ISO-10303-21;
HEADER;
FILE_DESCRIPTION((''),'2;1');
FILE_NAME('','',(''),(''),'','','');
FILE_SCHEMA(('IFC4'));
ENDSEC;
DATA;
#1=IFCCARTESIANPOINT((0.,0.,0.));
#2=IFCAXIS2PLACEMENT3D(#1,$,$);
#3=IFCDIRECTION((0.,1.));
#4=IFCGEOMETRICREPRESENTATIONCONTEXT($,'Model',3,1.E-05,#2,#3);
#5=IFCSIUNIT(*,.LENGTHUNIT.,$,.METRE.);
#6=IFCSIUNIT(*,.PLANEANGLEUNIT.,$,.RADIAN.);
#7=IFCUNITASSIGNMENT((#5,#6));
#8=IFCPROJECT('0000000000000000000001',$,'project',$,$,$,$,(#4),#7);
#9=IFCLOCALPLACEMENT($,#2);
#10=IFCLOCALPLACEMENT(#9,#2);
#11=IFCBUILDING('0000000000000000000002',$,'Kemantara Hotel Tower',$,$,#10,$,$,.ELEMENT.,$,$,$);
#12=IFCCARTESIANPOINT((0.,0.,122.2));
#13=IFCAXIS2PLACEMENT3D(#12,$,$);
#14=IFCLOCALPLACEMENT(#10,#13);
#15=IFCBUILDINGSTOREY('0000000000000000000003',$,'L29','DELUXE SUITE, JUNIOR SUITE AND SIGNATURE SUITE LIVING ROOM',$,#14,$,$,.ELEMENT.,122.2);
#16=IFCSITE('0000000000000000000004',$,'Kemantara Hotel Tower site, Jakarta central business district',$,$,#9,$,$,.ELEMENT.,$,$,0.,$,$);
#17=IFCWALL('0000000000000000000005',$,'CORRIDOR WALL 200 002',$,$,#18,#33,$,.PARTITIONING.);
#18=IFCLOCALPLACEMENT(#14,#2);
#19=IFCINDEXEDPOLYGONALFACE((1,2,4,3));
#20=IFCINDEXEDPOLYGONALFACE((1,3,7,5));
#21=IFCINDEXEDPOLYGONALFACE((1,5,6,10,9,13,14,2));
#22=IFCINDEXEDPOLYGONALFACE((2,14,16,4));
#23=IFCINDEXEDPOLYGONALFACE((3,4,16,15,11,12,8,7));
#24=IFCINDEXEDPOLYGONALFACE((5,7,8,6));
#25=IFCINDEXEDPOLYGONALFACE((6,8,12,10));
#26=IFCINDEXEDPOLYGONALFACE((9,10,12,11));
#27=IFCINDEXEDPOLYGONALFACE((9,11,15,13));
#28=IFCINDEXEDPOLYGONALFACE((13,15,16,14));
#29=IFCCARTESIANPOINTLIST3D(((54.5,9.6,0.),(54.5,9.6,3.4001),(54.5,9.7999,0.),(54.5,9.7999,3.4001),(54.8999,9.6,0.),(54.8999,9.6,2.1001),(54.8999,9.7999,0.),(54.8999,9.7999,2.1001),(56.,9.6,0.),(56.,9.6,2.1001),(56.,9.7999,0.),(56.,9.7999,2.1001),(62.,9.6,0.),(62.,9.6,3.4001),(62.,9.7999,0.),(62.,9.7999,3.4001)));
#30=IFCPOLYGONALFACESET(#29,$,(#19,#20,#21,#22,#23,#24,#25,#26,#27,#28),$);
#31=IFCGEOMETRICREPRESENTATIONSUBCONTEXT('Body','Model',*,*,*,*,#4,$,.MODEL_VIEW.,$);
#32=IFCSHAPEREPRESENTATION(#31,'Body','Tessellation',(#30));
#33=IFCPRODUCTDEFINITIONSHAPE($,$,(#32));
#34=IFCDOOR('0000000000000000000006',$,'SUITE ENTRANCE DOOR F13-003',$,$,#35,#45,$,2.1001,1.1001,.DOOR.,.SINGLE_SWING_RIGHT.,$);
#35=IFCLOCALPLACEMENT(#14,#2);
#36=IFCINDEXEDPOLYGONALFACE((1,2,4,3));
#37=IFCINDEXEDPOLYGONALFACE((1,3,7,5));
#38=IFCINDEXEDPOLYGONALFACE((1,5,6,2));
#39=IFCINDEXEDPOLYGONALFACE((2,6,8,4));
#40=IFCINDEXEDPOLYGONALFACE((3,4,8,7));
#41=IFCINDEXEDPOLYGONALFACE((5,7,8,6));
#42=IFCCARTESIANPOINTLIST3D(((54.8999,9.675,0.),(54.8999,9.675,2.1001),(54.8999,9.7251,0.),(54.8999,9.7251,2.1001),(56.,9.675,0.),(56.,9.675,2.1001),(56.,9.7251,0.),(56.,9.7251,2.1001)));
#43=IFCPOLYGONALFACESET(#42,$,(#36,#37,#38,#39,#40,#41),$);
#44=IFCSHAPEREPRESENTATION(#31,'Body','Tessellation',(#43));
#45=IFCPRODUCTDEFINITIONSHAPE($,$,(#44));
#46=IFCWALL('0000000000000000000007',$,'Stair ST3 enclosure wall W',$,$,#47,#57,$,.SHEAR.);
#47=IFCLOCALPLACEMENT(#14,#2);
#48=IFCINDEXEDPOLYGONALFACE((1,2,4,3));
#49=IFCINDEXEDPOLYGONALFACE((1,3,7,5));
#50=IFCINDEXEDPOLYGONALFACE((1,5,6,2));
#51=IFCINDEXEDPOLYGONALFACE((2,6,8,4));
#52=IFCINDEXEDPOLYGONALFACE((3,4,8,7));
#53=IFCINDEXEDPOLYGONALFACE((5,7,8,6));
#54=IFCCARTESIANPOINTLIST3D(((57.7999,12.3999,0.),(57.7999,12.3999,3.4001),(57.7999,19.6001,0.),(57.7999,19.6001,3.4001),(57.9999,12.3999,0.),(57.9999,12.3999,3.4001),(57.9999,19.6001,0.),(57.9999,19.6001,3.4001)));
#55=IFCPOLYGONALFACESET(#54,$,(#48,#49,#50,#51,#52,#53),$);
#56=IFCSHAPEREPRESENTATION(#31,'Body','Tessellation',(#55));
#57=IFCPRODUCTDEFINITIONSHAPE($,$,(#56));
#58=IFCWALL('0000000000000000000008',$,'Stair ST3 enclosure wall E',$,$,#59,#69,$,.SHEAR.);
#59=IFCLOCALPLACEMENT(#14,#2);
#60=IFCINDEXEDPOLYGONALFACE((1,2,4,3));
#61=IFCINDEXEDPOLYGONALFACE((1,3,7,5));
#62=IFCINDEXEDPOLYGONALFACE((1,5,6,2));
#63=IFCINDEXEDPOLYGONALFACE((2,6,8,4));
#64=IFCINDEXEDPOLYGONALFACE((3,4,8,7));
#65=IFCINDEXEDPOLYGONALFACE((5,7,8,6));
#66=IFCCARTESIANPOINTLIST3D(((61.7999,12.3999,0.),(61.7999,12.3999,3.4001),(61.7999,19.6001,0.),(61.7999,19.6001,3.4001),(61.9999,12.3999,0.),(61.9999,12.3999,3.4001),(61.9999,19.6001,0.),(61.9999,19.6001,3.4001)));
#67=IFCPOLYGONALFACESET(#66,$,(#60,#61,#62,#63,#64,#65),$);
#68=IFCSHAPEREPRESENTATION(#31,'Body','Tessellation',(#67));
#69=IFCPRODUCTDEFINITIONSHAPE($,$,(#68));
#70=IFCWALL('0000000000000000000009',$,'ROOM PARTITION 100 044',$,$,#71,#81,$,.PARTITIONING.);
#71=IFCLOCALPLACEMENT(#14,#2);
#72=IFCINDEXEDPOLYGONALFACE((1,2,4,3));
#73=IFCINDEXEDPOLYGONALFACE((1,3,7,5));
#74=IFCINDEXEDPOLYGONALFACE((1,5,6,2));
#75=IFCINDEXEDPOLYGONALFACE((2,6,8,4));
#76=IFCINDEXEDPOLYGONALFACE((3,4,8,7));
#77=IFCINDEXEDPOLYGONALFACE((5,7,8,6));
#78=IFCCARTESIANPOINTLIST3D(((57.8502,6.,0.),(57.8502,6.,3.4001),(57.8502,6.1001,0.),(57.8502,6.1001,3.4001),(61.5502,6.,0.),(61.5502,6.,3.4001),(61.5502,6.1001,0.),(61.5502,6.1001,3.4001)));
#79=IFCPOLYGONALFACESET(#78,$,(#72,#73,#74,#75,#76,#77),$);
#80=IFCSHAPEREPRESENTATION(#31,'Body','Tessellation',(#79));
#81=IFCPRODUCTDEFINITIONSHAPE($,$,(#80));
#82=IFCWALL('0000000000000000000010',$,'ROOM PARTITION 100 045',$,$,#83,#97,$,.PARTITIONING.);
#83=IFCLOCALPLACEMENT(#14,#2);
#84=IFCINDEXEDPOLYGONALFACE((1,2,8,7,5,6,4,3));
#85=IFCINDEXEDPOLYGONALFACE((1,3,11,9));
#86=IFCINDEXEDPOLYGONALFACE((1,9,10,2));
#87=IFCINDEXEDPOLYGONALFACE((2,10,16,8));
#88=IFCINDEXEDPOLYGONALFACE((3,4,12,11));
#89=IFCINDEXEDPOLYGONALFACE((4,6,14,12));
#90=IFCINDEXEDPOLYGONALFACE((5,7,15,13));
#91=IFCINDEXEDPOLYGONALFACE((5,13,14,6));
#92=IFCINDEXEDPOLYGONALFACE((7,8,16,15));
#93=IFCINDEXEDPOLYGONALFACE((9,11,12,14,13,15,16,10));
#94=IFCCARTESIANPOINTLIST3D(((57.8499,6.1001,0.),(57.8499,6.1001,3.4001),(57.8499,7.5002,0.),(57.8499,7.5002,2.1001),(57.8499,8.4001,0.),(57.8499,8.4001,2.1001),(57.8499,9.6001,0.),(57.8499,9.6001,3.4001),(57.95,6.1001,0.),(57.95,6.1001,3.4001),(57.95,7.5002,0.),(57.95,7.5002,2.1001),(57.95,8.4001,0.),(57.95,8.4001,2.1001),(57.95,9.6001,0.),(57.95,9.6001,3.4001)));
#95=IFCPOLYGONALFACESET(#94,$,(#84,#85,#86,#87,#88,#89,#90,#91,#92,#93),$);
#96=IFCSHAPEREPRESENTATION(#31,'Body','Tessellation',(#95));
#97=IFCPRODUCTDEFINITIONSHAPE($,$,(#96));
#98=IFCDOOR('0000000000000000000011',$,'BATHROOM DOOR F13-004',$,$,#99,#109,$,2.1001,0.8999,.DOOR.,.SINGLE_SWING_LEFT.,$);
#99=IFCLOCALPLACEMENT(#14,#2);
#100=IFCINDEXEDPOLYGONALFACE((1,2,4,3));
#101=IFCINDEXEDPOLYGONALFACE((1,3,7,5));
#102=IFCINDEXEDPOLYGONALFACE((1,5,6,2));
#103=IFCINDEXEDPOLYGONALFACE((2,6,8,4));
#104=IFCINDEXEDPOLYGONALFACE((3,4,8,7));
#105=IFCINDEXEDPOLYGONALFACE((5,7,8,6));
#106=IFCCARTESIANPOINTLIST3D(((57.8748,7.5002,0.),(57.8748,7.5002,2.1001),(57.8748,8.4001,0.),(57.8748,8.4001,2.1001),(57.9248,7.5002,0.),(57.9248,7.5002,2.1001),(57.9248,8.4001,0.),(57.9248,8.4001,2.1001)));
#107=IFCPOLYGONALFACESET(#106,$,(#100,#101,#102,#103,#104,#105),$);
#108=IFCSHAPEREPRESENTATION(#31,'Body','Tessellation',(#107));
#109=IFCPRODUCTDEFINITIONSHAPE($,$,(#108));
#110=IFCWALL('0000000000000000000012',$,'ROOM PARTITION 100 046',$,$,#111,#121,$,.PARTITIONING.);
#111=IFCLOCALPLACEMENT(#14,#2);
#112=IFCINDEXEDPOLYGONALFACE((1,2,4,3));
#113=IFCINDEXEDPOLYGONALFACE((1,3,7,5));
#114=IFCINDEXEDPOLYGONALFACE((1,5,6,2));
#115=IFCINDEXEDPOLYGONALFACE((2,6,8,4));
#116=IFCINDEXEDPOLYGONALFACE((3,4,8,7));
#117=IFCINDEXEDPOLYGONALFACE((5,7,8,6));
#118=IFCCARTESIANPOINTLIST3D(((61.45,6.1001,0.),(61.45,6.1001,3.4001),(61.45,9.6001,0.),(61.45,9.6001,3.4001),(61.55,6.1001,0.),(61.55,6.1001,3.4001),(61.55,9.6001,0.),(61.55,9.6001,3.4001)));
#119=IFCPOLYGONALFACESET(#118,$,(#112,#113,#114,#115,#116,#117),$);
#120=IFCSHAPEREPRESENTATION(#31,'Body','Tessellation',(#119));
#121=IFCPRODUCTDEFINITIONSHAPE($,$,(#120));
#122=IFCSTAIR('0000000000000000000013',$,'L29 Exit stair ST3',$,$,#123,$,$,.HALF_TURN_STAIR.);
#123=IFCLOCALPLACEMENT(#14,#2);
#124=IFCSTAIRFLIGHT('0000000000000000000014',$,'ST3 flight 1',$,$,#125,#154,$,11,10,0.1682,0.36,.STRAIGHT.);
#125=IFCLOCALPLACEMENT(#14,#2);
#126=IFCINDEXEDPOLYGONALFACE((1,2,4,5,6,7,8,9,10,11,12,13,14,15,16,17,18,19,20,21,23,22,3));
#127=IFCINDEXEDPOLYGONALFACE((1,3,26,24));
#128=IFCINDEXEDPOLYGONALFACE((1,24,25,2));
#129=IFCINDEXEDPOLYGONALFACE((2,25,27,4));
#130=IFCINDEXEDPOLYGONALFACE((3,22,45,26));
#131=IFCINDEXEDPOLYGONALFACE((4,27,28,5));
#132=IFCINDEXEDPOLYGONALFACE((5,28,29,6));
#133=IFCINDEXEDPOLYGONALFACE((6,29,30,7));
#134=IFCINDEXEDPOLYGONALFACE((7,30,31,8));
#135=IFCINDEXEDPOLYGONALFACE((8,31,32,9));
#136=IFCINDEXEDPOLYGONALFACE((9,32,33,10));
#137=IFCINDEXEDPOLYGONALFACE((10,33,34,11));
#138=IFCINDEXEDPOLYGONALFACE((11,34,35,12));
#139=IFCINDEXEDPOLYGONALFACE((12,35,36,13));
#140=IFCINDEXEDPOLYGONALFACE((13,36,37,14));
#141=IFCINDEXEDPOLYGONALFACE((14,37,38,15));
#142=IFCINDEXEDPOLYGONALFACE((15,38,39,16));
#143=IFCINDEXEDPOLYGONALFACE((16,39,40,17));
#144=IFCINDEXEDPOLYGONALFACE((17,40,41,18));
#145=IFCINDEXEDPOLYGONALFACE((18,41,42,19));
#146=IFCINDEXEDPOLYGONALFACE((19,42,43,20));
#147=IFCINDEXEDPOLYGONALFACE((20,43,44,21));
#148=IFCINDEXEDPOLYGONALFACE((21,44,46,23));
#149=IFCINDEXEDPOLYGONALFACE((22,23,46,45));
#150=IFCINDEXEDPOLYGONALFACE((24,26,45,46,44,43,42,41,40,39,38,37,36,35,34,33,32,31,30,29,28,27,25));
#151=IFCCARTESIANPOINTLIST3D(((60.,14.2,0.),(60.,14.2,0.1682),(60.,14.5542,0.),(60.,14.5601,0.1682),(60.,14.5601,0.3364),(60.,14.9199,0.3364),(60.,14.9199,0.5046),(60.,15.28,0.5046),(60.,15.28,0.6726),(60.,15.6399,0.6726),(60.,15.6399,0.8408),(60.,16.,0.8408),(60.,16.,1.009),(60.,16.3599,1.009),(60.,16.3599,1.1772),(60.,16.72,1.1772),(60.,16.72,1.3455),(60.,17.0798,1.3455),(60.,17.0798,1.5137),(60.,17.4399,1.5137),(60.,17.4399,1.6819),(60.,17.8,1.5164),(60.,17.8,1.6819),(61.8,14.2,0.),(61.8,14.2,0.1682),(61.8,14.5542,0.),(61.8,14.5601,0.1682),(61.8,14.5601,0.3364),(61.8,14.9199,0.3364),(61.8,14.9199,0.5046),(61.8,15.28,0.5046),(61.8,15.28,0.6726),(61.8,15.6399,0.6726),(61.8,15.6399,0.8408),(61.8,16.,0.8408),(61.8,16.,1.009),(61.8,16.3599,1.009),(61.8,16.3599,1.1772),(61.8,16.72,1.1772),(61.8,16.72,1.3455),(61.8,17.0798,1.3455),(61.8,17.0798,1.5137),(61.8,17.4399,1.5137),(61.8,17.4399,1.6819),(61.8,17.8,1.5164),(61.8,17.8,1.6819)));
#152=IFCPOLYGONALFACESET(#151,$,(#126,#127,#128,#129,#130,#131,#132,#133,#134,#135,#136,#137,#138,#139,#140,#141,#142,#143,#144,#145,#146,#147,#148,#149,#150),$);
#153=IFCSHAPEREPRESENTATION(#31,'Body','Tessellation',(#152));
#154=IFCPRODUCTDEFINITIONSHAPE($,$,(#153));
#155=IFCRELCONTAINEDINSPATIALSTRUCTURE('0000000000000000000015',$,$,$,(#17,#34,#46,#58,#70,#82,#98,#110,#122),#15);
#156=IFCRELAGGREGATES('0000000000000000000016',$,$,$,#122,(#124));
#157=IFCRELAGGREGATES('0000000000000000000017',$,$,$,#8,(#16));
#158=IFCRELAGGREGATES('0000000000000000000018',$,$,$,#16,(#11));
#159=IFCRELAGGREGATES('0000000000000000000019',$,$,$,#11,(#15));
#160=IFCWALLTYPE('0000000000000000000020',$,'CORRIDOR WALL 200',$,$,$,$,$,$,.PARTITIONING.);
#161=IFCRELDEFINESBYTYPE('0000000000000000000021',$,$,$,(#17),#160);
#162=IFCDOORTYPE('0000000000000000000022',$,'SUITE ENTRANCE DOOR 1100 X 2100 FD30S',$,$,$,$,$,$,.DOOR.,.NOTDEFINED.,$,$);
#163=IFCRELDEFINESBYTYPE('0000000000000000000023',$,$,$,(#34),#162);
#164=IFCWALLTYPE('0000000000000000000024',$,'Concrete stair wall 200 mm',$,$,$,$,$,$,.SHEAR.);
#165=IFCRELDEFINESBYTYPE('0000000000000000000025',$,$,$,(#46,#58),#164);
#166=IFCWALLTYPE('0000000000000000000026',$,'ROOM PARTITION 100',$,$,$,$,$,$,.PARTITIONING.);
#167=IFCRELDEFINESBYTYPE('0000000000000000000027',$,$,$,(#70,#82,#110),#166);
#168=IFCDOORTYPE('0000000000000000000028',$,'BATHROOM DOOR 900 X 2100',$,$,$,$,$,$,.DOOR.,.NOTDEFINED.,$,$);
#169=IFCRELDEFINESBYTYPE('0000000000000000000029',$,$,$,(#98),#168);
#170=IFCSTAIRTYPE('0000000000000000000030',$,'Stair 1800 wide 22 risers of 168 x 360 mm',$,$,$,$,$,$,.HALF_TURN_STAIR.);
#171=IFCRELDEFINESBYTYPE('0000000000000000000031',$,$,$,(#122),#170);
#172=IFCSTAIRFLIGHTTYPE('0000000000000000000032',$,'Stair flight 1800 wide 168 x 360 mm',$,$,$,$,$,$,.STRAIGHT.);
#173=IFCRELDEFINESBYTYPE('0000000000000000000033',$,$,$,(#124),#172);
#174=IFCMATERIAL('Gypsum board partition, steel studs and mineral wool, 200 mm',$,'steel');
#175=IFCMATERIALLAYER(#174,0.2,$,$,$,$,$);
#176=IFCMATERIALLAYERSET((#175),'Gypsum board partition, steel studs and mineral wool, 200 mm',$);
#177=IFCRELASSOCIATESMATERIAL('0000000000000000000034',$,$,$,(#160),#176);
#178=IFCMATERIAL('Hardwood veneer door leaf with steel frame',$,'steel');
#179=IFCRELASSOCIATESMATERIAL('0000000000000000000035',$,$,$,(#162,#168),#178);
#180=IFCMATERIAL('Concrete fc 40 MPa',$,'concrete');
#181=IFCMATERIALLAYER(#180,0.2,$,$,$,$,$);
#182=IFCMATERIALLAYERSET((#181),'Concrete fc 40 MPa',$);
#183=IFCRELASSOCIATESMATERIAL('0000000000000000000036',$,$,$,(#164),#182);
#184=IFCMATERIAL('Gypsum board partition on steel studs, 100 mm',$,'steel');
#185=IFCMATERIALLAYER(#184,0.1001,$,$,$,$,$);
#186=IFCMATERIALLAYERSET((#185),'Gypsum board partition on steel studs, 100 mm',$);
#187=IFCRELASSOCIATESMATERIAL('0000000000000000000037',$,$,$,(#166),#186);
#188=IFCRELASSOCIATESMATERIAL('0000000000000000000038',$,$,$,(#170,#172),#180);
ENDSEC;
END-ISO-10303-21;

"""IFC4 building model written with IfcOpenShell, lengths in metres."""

from ifc_helpers import new_model, si_unit, direction, frame, frame_2d, origin, place, context, subcontext, project, spatial, polyline, rectangle, outline, extrude, material, layer, layer_set, type_object, element, fill, aggregate, save


model = new_model("IFC4")

# Units and contexts
model_context = context("Model", 3, precision=1e-05, world=origin(), true_north=direction((0.0, 1.0)))
body_context = subcontext(model_context, "Body", "Model", "MODEL_VIEW")
ifc_project = project(units=[si_unit("LENGTHUNIT", "METRE"), si_unit("PLANEANGLEUNIT", "RADIAN")], contexts=[model_context])

# Site, building, storey
site_placement = place(None, origin())
site = spatial("IfcSite", under=ifc_project, at=site_placement, Name="Kemantara Hotel Tower site, Jakarta central business district", CompositionType="ELEMENT", RefElevation=0.0)
building_placement = place(site_placement, origin())
building = spatial("IfcBuilding", under=site, at=building_placement, Name="Kemantara Hotel Tower", CompositionType="ELEMENT")
storey_placement = place(building_placement, frame((0.0, 0.0, 122.2)))
storey = spatial("IfcBuildingStorey", under=building, at=storey_placement, Name="L29", Description="DELUXE SUITE, JUNIOR SUITE AND SIGNATURE SUITE LIVING ROOM", CompositionType="ELEMENT", Elevation=122.2)

# Wall, opening, door
ifc_material_1 = material(Name="Gypsum board partition, steel studs and mineral wool, 200 mm", Category="steel")
ifc_layer_1 = layer(ifc_material_1, 0.2)
ifc_layer_set_1 = layer_set([ifc_layer_1], Name="Gypsum board partition, steel studs and mineral wool, 200 mm")
wall_type_1 = type_object("IfcWallType", Name="CORRIDOR WALL 200", PredefinedType="PARTITIONING", material=ifc_layer_set_1)
wall_1_placement = place(storey_placement, frame((62.0, 9.7, 0.0), z_axis=(0.0, 0.0, 1.0), x_axis=(-1.0, 0.0, 0.0)))
wall_1 = element("IfcWall", 1, at=wall_1_placement, inside=storey, type_object=wall_type_1, Name="CORRIDOR WALL 200 002", PredefinedType="PARTITIONING", context=body_context, shape_type="SweptSolid", body=[
    extrude(rectangle(XDim=7.5, YDim=0.2, at=frame_2d((3.75, 0.0))), origin(), (0.0, 0.0, 1.0), 3.4001),
])
opening_1_placement = place(wall_1_placement, frame((6.0, 0.0, 0.0)))
opening_1 = element("IfcOpeningElement", 2, at=opening_1_placement, cuts=wall_1, PredefinedType="OPENING", context=body_context, shape_type="SweptSolid", body=[
    extrude(rectangle(XDim=1.1001, YDim=2.1001, at=frame_2d((0.55, 1.05))), frame((0.0, 0.1099, 0.0), z_axis=(0.0, -1.0, 0.0), x_axis=(1.0, 0.0, 0.0)), (0.0, 0.0, 1.0), 0.22),
])
ifc_material_2 = material(Name="Hardwood veneer door leaf with steel frame", Category="steel")
door_type_1 = type_object("IfcDoorType", Name="SUITE ENTRANCE DOOR 1100 X 2100 FD30S", OperationType="NOTDEFINED", PredefinedType="DOOR", material=ifc_material_2)
door_1_placement = place(opening_1_placement, origin())
door_1 = element("IfcDoor", 3, at=door_1_placement, inside=storey, type_object=door_type_1, Name="SUITE ENTRANCE DOOR F13-003", OperationType="SINGLE_SWING_RIGHT", OverallHeight=2.1001, OverallWidth=1.1001, PredefinedType="DOOR", context=body_context, shape_type="SweptSolid", body=[
    extrude(rectangle(XDim=1.1001, YDim=2.1001, at=frame_2d((0.55, 1.05))), frame((0.0, 0.0249, 0.0), z_axis=(0.0, -1.0, 0.0), x_axis=(1.0, 0.0, 0.0)), (0.0, 0.0, 1.0), 0.05),
])
fill(opening_1, door_1)

# Walls
ifc_material_3 = material(Name="Concrete fc 40 MPa", Category="concrete")
ifc_layer_2 = layer(ifc_material_3, 0.2)
ifc_layer_set_2 = layer_set([ifc_layer_2], Name="Concrete fc 40 MPa")
wall_type_2 = type_object("IfcWallType", Name="Concrete stair wall 200 mm", PredefinedType="SHEAR", material=ifc_layer_set_2)
for number, where, z_axis, x_axis, name in (
    (4, (57.8999, 12.3999, 0.0), (0.0, 0.0, 1.0), (0.0, 1.0, 0.0), "Stair ST3 enclosure wall W"),
    (5, (61.8999, 12.3999, 0.0), (0.0, 0.0, 1.0), (0.0, 1.0, 0.0), "Stair ST3 enclosure wall E"),
):
    element("IfcWall", number, at=place(storey_placement, frame(where, z_axis=z_axis, x_axis=x_axis)), inside=storey, type_object=wall_type_2, Name=name, PredefinedType="SHEAR", context=body_context, shape_type="SweptSolid", body=[
        extrude(rectangle(XDim=7.2002, YDim=0.2, at=frame_2d((3.6001, 0.0))), origin(), (0.0, 0.0, 1.0), 3.4001),
    ])
ifc_material_4 = material(Name="Gypsum board partition on steel studs, 100 mm", Category="steel")
ifc_layer_3 = layer(ifc_material_4, 0.1001)
ifc_layer_set_3 = layer_set([ifc_layer_3], Name="Gypsum board partition on steel studs, 100 mm")
wall_type_3 = type_object("IfcWallType", Name="ROOM PARTITION 100", PredefinedType="PARTITIONING", material=ifc_layer_set_3)
wall_2_placement = place(storey_placement, frame((57.8501, 6.05, 0.0), z_axis=(0.0, 0.0, 1.0), x_axis=(1.0, 0.0, 0.0)))
element("IfcWall", 6, at=wall_2_placement, inside=storey, type_object=wall_type_3, Name="ROOM PARTITION 100 044", PredefinedType="PARTITIONING", context=body_context, shape_type="SweptSolid", body=[
    extrude(rectangle(XDim=3.7, YDim=0.1001, at=frame_2d((1.8501, 0.0))), origin(), (0.0, 0.0, 1.0), 3.4001),
])

# Wall, opening, door
wall_3_placement = place(storey_placement, frame((57.8999, 9.6001, 0.0), z_axis=(0.0, 0.0, 1.0), x_axis=(0.0, -1.0, 0.0)))
wall_3 = element("IfcWall", 7, at=wall_3_placement, inside=storey, type_object=wall_type_3, Name="ROOM PARTITION 100 045", PredefinedType="PARTITIONING", context=body_context, shape_type="SweptSolid", body=[
    extrude(rectangle(XDim=3.5, YDim=0.1001, at=frame_2d((1.75, 0.0))), origin(), (0.0, 0.0, 1.0), 3.4001),
])
opening_2_placement = place(wall_3_placement, frame((1.2, 0.0, 0.0)))
opening_2 = element("IfcOpeningElement", 8, at=opening_2_placement, cuts=wall_3, PredefinedType="OPENING", context=body_context, shape_type="SweptSolid", body=[
    extrude(rectangle(XDim=0.8999, YDim=2.1001, at=frame_2d((0.45, 1.05))), frame((0.0, 0.0601, 0.0), z_axis=(0.0, -1.0, 0.0), x_axis=(1.0, 0.0, 0.0)), (0.0, 0.0, 1.0), 0.1201),
])
door_type_2 = type_object("IfcDoorType", Name="BATHROOM DOOR 900 X 2100", OperationType="NOTDEFINED", PredefinedType="DOOR", material=ifc_material_2)
door_2_placement = place(opening_2_placement, origin())
door_2 = element("IfcDoor", 9, at=door_2_placement, inside=storey, type_object=door_type_2, Name="BATHROOM DOOR F13-004", OperationType="SINGLE_SWING_LEFT", OverallHeight=2.1001, OverallWidth=0.8999, PredefinedType="DOOR", context=body_context, shape_type="SweptSolid", body=[
    extrude(rectangle(XDim=0.8999, YDim=2.1001, at=frame_2d((0.45, 1.05))), frame((0.0, 0.0249, 0.0), z_axis=(0.0, -1.0, 0.0), x_axis=(1.0, 0.0, 0.0)), (0.0, 0.0, 1.0), 0.05),
])
fill(opening_2, door_2)

# Wall
wall_4_placement = place(storey_placement, frame((61.5, 6.1001, 0.0), z_axis=(0.0, 0.0, 1.0), x_axis=(0.0, 1.0, 0.0)))
element("IfcWall", 10, at=wall_4_placement, inside=storey, type_object=wall_type_3, Name="ROOM PARTITION 100 046", PredefinedType="PARTITIONING", context=body_context, shape_type="SweptSolid", body=[
    extrude(rectangle(XDim=3.5, YDim=0.1001, at=frame_2d((1.75, 0.0))), origin(), (0.0, 0.0, 1.0), 3.4001),
])

# Stair, stair flight
stair_type = type_object("IfcStairType", Name="Stair 1800 wide 22 risers of 168 x 360 mm", PredefinedType="HALF_TURN_STAIR", material=ifc_material_3)
stair_placement = place(storey_placement, origin())
stair = element("IfcStair", 11, at=stair_placement, inside=storey, type_object=stair_type, Name="L29 Exit stair ST3", PredefinedType="HALF_TURN_STAIR")
stair_flight_type = type_object("IfcStairFlightType", Name="Stair flight 1800 wide 168 x 360 mm", PredefinedType="STRAIGHT", material=ifc_material_3)
stair_flight_placement = place(storey_placement, frame((60.8999, 14.2, 0.0), z_axis=(0.0, 0.0, 1.0), x_axis=(0.0, 1.0, 0.0)))
stair_flight = element("IfcStairFlight", 12, at=stair_flight_placement, type_object=stair_flight_type, Name="ST3 flight 1", NumberOfRisers=11, NumberOfTreads=10, PredefinedType="STRAIGHT", RiserHeight=0.1682, TreadLength=0.36, context=body_context, shape_type="SweptSolid", body=[
    extrude(outline(polyline([(0.0, 0.0), (0.0, 0.1682), (0.3601, 0.1682), (0.3601, 0.3364), (0.72, 0.3364), (0.72, 0.5046), (1.0801, 0.5046), (1.0801, 0.6726), (1.4399, 0.6726), (1.4399, 0.8408), (1.8, 0.8408), (1.8, 1.009), (2.1599, 1.009), (2.1599, 1.1772), (2.52, 1.1772), (2.52, 1.3455), (2.8799, 1.3455), (2.8799, 1.5137), (3.24, 1.5137), (3.24, 1.6819), (3.6001, 1.6819), (3.6001, 1.8501), (3.6001, 1.5164), (0.3542, 0.0), (0.0, 0.0)])), frame((0.0, 0.8999, 0.0), z_axis=(0.0, -1.0, 0.0), x_axis=(1.0, 0.0, 0.0)), (0.0, 0.0, 1.0), 1.8),
])
aggregate(stair, [stair_flight])

save(model, "model.ifc")
